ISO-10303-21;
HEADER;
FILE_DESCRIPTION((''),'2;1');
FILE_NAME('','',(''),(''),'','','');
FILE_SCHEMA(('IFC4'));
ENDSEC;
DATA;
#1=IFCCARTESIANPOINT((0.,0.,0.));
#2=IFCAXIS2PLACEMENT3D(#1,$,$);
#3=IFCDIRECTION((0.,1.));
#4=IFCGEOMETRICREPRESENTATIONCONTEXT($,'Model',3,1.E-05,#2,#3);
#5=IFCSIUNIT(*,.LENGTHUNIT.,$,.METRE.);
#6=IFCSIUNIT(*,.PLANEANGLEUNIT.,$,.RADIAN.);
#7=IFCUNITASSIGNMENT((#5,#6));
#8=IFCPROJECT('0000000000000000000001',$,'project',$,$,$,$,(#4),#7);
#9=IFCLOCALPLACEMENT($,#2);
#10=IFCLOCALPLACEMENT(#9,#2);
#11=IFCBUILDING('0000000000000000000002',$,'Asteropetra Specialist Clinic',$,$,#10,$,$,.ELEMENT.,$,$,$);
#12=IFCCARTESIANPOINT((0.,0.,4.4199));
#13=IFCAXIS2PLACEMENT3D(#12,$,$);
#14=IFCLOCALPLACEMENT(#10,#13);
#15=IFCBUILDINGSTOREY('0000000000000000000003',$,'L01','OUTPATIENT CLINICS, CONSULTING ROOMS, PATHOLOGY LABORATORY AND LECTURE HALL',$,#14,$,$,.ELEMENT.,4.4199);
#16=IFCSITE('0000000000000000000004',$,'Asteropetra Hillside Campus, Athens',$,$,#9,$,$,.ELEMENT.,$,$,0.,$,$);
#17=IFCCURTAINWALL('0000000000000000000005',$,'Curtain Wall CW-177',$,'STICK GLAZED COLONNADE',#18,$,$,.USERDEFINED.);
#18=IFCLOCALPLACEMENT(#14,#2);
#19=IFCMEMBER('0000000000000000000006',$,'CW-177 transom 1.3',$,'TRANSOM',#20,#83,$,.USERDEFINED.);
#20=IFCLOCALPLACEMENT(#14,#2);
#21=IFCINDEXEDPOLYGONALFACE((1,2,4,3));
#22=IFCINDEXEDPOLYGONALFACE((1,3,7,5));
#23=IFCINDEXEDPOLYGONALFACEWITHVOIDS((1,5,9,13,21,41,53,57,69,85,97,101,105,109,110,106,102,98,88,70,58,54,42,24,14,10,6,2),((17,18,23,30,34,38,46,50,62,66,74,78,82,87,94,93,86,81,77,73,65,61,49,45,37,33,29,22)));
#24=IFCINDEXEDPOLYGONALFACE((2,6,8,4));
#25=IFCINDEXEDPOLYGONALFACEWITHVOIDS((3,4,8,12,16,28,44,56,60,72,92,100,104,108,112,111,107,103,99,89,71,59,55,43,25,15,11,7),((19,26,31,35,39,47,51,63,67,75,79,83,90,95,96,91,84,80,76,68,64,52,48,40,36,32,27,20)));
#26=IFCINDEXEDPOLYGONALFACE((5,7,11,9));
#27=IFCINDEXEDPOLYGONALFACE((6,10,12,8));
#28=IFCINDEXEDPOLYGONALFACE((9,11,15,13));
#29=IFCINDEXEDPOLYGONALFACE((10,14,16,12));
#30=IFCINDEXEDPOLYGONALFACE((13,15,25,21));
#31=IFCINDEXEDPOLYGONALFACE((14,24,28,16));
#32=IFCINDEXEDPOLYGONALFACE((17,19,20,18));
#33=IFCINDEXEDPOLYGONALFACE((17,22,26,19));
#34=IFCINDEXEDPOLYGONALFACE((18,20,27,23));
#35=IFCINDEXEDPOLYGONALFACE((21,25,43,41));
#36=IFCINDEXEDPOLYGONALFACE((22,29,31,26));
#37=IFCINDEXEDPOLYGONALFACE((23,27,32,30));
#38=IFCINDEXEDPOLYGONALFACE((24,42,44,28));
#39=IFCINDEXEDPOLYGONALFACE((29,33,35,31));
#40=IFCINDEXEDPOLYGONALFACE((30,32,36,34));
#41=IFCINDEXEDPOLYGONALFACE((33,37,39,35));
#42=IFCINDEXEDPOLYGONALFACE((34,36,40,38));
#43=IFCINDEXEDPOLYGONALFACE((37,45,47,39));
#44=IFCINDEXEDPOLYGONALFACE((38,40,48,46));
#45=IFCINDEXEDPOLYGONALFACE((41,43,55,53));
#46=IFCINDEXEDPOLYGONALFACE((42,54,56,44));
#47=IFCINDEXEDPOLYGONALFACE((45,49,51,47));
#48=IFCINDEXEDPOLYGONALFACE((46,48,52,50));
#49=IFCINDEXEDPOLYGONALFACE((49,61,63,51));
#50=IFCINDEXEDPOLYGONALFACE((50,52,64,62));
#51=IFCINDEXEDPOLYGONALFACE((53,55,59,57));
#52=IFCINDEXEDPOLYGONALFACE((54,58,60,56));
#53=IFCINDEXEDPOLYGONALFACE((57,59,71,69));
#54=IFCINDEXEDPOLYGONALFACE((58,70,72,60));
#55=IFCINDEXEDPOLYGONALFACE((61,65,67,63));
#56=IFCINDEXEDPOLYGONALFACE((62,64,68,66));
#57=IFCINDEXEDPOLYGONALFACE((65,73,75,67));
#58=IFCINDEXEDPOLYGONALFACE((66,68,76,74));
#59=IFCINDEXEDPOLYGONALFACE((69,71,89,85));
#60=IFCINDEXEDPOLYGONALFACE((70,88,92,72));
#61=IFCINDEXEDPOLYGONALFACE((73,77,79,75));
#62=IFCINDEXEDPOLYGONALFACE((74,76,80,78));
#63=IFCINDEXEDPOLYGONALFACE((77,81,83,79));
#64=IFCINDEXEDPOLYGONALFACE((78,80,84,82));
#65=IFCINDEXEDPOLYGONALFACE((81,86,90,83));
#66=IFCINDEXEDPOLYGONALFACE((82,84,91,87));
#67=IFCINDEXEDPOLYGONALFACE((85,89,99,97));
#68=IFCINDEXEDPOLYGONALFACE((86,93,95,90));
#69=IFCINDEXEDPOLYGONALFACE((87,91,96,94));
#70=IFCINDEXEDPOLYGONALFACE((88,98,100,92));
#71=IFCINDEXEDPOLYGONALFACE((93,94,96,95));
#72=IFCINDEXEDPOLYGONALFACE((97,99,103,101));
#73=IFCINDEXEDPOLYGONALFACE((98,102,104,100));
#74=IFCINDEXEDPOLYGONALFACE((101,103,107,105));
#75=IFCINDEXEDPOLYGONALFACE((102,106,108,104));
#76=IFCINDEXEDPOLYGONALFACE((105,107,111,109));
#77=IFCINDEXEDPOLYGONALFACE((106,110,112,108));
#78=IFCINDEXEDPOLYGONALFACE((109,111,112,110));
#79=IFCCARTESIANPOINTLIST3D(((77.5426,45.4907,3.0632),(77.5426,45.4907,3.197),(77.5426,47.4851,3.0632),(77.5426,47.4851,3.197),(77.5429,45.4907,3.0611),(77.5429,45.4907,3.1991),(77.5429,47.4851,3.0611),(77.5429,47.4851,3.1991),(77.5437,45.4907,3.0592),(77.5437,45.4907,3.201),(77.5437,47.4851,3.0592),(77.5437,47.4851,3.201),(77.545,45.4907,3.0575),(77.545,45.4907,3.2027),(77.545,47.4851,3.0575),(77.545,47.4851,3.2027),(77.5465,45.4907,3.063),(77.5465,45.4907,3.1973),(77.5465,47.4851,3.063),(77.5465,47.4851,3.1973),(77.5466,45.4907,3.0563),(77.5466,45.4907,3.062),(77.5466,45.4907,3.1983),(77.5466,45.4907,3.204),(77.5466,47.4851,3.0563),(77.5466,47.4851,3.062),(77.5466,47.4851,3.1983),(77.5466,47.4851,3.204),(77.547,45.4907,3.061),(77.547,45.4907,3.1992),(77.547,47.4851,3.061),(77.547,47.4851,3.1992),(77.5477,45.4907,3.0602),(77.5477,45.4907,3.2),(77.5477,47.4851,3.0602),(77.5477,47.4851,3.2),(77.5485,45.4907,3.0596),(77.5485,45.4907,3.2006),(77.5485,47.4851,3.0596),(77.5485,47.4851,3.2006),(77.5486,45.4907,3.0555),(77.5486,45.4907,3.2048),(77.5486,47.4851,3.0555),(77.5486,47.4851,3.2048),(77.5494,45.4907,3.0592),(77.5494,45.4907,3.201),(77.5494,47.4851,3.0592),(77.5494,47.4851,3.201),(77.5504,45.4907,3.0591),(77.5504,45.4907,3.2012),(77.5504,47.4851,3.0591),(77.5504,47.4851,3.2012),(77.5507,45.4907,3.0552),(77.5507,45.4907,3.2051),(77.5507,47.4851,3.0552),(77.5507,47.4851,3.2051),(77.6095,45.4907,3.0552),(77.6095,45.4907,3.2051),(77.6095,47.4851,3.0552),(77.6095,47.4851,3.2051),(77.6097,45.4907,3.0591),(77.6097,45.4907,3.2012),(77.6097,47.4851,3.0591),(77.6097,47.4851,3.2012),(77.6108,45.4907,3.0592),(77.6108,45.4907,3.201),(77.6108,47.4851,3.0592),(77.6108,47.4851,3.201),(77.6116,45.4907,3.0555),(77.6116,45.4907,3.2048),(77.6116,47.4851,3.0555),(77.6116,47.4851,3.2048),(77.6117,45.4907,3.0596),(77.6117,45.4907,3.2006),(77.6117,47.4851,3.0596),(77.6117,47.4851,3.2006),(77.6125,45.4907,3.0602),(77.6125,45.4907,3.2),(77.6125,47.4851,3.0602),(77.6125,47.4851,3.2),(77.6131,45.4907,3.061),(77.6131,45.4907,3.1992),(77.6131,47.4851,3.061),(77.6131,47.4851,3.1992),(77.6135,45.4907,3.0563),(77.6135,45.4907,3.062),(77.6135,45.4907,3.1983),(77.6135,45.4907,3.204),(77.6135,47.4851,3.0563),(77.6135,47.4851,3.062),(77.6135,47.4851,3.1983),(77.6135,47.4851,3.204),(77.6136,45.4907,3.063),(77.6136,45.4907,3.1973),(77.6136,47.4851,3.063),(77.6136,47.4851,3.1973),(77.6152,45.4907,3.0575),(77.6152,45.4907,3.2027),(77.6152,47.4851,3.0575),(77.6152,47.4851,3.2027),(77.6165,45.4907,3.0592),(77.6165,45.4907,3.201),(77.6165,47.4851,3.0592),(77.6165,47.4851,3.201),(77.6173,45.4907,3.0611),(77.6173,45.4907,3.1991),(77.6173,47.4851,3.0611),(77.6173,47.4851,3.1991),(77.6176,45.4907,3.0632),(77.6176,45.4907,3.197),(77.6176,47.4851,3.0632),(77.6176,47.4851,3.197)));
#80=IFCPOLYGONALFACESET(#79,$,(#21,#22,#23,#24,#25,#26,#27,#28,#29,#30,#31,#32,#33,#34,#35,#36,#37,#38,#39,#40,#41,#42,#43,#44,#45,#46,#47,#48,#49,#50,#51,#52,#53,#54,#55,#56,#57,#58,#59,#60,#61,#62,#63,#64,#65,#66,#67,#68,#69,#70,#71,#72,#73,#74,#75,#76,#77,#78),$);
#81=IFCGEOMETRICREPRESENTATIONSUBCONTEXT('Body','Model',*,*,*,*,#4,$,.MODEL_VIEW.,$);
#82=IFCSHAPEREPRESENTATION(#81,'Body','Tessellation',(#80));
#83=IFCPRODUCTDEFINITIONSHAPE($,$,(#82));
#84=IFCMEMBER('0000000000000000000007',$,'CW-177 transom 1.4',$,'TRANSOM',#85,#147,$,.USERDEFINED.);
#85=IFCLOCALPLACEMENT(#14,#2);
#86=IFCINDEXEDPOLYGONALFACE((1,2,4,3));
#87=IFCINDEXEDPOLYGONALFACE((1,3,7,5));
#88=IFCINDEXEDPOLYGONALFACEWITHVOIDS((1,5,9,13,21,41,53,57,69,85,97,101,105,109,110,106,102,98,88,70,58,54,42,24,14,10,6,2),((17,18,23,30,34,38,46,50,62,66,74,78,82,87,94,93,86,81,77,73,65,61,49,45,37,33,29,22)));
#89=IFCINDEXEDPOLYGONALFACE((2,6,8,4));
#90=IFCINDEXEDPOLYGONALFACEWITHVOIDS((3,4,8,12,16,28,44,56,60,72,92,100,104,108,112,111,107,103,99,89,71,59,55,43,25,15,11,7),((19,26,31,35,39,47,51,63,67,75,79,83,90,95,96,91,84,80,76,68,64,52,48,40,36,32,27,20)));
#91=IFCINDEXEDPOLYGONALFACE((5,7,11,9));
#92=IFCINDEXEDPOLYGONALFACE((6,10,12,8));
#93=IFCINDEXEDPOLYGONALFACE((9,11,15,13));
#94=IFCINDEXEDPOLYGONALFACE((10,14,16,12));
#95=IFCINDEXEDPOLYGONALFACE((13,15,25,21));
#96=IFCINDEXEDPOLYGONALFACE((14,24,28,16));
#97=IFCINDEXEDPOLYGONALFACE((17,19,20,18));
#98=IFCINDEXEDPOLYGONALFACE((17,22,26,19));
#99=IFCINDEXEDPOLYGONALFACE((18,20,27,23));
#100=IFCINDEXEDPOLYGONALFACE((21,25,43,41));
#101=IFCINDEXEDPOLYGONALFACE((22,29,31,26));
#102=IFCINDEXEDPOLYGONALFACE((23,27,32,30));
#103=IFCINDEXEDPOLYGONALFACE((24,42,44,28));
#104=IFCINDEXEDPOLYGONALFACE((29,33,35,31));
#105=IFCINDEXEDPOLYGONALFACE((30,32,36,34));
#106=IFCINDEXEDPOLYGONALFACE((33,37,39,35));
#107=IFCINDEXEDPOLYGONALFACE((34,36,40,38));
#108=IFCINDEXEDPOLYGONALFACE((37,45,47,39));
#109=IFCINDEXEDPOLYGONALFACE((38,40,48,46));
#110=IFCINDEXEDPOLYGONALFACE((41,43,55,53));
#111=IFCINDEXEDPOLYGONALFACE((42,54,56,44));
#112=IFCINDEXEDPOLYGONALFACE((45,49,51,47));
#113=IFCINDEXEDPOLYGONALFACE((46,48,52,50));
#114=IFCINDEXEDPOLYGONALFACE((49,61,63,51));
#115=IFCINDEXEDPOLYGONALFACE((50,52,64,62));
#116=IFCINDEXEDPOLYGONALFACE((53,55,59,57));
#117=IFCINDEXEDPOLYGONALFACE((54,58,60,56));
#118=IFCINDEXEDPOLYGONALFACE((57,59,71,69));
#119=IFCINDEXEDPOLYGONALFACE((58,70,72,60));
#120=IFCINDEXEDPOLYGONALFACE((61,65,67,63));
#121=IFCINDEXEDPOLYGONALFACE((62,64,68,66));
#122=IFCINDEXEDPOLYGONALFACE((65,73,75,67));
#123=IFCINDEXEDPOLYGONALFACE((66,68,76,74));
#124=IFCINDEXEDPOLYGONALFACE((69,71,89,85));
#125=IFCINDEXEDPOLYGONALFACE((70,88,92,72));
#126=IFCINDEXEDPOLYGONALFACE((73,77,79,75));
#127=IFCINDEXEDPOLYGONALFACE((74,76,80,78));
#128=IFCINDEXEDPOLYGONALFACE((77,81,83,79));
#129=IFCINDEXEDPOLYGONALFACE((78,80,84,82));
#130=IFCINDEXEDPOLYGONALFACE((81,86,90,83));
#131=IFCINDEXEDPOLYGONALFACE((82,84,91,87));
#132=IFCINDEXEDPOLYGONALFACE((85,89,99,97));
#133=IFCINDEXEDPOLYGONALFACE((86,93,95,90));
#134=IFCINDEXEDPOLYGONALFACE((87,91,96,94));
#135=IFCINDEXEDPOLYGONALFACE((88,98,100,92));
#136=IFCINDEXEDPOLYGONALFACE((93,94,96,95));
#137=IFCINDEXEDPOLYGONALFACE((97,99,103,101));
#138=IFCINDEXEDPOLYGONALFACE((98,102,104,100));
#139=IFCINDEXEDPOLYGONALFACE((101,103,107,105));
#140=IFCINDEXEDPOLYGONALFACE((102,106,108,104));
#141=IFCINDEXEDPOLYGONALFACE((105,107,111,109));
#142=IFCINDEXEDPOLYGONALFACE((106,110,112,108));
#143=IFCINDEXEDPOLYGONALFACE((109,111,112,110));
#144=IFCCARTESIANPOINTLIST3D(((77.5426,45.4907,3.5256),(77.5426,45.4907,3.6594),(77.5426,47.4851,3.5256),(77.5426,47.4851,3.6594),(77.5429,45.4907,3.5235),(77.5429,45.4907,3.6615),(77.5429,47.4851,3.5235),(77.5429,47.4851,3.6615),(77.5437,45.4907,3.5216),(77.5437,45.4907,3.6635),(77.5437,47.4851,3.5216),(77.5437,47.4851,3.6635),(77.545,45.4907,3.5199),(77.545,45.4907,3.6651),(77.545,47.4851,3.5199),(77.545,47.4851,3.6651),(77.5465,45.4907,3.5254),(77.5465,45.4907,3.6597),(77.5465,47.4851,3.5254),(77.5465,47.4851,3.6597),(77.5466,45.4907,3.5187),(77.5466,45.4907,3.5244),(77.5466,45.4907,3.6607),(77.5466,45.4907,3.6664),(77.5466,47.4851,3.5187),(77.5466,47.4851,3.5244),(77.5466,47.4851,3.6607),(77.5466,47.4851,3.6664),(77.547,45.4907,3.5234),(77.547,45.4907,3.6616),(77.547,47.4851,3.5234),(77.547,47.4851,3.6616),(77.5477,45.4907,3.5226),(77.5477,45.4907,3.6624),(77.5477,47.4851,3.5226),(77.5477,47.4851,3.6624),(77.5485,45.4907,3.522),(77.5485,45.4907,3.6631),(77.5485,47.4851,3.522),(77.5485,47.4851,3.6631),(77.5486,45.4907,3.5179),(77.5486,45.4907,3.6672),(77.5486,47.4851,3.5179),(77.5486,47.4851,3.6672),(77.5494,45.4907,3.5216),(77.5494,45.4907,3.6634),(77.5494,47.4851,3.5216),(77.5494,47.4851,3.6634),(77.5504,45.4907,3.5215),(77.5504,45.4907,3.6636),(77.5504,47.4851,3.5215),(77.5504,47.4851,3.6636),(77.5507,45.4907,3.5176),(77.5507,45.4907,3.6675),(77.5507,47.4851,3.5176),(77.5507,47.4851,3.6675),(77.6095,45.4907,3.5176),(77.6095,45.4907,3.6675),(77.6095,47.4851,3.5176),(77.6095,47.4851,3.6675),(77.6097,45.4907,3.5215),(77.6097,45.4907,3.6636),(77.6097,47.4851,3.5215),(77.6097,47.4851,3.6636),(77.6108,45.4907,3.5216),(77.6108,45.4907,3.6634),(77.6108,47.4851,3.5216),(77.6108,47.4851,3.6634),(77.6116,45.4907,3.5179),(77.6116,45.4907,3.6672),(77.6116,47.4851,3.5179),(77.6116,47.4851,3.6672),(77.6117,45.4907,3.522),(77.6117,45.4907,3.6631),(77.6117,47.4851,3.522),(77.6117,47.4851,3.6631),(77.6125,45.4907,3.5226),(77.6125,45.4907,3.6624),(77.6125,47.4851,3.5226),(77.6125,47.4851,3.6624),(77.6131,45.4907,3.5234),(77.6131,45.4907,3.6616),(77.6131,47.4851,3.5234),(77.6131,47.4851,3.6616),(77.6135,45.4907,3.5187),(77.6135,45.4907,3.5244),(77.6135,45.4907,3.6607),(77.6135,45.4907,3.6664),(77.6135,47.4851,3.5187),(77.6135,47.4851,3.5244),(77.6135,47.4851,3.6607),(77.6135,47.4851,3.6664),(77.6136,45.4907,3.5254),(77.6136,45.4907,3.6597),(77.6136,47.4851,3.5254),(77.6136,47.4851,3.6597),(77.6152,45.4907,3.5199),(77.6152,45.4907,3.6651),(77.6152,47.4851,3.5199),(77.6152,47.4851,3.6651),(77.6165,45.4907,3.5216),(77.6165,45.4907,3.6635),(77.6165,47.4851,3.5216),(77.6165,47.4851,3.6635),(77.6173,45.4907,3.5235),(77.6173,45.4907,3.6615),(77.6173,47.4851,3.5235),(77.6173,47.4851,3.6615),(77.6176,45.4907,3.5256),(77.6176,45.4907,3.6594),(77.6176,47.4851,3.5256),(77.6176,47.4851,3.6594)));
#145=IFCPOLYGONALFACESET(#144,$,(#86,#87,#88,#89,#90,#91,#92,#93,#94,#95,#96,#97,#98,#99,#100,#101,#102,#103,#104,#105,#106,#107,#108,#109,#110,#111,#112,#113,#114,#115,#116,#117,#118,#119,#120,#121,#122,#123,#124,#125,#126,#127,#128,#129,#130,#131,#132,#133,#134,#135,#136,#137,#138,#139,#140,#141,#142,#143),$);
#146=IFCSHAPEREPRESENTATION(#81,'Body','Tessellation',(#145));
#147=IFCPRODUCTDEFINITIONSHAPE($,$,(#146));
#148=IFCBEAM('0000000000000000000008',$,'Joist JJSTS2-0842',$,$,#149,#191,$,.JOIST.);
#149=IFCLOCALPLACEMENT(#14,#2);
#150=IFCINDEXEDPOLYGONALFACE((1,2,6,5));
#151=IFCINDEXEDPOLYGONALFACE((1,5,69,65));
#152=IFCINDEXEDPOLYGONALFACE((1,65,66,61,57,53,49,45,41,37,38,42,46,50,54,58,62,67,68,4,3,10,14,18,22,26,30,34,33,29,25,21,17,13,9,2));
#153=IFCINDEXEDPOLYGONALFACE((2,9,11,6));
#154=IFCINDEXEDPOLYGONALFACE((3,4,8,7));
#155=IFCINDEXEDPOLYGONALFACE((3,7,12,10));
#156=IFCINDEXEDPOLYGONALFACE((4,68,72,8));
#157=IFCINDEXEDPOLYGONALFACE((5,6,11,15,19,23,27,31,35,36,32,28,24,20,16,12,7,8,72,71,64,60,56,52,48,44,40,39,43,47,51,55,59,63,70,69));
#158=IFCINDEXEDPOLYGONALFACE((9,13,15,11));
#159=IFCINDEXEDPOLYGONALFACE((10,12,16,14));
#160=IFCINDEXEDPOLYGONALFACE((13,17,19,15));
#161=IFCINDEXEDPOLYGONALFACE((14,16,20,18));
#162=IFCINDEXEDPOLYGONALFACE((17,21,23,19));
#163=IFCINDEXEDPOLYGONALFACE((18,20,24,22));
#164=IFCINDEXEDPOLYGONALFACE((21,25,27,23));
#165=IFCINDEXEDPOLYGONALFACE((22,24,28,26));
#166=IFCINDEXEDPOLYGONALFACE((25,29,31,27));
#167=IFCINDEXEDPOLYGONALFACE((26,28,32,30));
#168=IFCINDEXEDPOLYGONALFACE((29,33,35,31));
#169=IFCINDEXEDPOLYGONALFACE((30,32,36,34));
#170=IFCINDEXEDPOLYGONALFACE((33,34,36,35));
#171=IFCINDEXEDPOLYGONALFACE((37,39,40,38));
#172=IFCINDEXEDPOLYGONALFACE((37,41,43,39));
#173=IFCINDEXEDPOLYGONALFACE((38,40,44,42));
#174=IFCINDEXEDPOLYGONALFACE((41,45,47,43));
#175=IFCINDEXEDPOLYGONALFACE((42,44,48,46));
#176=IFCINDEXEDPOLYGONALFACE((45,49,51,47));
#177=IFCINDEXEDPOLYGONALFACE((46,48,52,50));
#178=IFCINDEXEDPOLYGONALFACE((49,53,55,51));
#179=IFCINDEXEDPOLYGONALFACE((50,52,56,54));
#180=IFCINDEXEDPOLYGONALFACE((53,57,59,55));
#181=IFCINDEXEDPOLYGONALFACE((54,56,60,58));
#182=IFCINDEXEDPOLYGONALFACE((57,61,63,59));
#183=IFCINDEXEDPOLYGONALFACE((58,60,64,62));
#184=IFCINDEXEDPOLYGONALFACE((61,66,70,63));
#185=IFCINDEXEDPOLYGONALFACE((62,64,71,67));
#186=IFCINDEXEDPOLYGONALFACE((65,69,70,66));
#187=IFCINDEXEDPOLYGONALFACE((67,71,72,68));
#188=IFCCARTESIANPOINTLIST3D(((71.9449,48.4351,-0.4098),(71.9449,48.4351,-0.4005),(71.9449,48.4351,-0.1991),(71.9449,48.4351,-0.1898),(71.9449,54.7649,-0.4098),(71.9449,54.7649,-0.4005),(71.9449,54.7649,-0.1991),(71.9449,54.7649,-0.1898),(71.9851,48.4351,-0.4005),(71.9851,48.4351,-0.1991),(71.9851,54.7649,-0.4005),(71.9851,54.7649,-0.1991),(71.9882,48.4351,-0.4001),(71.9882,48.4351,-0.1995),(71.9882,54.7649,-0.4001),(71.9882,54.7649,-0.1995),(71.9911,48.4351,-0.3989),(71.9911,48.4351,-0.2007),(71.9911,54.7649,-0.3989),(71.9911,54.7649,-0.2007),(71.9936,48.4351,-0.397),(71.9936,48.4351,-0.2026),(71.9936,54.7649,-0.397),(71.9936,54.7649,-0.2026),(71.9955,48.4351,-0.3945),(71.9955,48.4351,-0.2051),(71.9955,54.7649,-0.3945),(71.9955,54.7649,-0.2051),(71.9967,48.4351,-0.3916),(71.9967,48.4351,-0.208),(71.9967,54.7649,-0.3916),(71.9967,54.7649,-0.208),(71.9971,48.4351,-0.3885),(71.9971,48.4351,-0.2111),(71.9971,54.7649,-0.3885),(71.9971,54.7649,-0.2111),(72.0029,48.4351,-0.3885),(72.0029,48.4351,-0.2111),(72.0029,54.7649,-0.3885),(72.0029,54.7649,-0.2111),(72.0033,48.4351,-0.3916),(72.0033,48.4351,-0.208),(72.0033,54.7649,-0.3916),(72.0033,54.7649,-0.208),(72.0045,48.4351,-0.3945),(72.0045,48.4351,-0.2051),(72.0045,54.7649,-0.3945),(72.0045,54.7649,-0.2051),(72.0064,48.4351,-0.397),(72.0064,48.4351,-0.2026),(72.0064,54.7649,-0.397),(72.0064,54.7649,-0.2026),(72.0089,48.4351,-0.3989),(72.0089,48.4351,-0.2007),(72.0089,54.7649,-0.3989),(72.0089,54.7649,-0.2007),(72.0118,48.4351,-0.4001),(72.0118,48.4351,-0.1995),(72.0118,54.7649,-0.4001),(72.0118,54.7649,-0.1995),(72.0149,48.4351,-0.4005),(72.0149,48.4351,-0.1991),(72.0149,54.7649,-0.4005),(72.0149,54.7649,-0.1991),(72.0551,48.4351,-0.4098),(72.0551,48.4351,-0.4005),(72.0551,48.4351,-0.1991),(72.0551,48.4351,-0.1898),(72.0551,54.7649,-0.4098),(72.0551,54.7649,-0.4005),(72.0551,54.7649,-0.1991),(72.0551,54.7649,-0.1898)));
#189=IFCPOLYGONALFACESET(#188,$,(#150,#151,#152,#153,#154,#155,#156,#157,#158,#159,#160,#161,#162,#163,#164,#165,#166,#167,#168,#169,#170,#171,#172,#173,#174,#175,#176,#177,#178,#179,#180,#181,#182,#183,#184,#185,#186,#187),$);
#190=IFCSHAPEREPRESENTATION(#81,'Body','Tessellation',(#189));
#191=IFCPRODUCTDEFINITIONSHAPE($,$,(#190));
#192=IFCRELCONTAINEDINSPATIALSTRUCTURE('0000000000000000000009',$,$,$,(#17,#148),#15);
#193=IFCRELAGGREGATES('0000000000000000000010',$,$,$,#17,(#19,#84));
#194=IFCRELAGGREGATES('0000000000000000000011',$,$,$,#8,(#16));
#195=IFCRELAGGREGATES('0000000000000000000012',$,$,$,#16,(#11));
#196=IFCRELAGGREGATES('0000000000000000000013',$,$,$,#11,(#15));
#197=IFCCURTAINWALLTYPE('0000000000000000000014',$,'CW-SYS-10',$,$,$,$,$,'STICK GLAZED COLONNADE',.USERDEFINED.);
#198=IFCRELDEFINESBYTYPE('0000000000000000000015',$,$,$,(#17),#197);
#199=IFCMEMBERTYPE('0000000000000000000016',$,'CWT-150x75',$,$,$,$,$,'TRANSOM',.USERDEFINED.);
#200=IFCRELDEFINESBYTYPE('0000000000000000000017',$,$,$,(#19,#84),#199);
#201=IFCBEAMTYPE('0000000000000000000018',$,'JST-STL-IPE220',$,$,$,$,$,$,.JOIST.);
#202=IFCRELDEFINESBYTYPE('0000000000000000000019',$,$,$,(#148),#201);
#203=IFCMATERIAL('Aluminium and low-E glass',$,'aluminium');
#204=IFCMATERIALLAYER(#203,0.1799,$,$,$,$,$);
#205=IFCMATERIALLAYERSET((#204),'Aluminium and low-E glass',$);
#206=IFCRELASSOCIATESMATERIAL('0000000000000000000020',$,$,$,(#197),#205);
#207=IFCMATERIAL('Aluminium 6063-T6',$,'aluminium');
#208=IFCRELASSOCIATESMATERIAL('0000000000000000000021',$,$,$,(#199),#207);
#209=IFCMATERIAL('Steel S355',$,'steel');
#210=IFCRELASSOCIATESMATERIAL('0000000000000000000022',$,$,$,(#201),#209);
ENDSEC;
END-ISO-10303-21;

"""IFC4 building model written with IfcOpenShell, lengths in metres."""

from ifc_helpers import new_model, si_unit, direction, frame, origin, origin_2d, place, context, subcontext, project, spatial, hollow_rectangle, i_section, extrude, material, layer, layer_set, material_profile, profile_set, type_object, element, aggregate, save


model = new_model("IFC4")

# Units and contexts
model_context = context("Model", 3, precision=1e-05, world=origin(), true_north=direction((0.0, 1.0)))
body_context = subcontext(model_context, "Body", "Model", "MODEL_VIEW")
ifc_project = project(units=[si_unit("LENGTHUNIT", "METRE"), si_unit("PLANEANGLEUNIT", "RADIAN")], contexts=[model_context])

# Site, building, storey
site_placement = place(None, origin())
site = spatial("IfcSite", under=ifc_project, at=site_placement, Name="Asteropetra Hillside Campus, Athens", CompositionType="ELEMENT", RefElevation=0.0)
building_placement = place(site_placement, origin())
building = spatial("IfcBuilding", under=site, at=building_placement, Name="Asteropetra Specialist Clinic", CompositionType="ELEMENT")
storey_placement = place(building_placement, frame((0.0, 0.0, 4.4199)))
storey = spatial("IfcBuildingStorey", under=building, at=storey_placement, Name="L01", Description="OUTPATIENT CLINICS, CONSULTING ROOMS, PATHOLOGY LABORATORY AND LECTURE HALL", CompositionType="ELEMENT", Elevation=4.4199)

# Shared definitions
ifc_material_1 = material(Name="Aluminium and low-E glass", Category="aluminium")
ifc_layer_1 = layer(ifc_material_1, 0.1799)
ifc_layer_set_1 = layer_set([ifc_layer_1], Name="Aluminium and low-E glass")
curtain_wall_type = type_object("IfcCurtainWallType", Name="CW-SYS-10", ElementType="STICK GLAZED COLONNADE", PredefinedType="USERDEFINED", material=ifc_layer_set_1)

# Curtain wall
curtain_wall_1_placement = place(storey_placement, origin())
curtain_wall_1 = element("IfcCurtainWall", 1, at=curtain_wall_1_placement, inside=storey, type_object=curtain_wall_type, Name="Curtain Wall CW-177", ObjectType="STICK GLAZED COLONNADE", PredefinedType="USERDEFINED")

# Members
ifc_material_2 = material(Name="Aluminium 6063-T6", Category="aluminium")
ifc_material_profile_1 = material_profile(ifc_material_2, hollow_rectangle(XDim=0.075, YDim=0.1499, WallThickness=0.0039, InnerFilletRadius=0.0039, OuterFilletRadius=0.0081, at=origin_2d()), Name="TRN 150x75x4.0")
ifc_profile_set_1 = profile_set([ifc_material_profile_1], Name="Aluminium 6063-T6")
member_type_1 = type_object("IfcMemberType", Name="CWT-150x75", ElementType="TRANSOM", PredefinedType="USERDEFINED", material=ifc_profile_set_1)
member_1_placement = place(storey_placement, frame((77.5801, 47.4851, 3.1301), z_axis=(0.0, -1.0, 0.0), x_axis=(1.0, 0.0, 0.0)))
member_1 = element("IfcMember", 2, at=member_1_placement, type_object=member_type_1, Name="CW-177 transom 1.3", ObjectType="TRANSOM", PredefinedType="USERDEFINED", context=body_context, shape_type="SweptSolid", body=[
    extrude(hollow_rectangle(XDim=0.075, YDim=0.1499, WallThickness=0.0039, InnerFilletRadius=0.0039, OuterFilletRadius=0.0081, at=origin_2d()), origin(), (0.0, 0.0, 1.0), 1.9944),
])
member_2_placement = place(storey_placement, frame((77.5801, 47.4851, 3.5925), z_axis=(0.0, -1.0, 0.0), x_axis=(1.0, 0.0, 0.0)))
member_2 = element("IfcMember", 3, at=member_2_placement, type_object=member_type_1, Name="CW-177 transom 1.4", ObjectType="TRANSOM", PredefinedType="USERDEFINED", context=body_context, shape_type="SweptSolid", body=[
    extrude(hollow_rectangle(XDim=0.075, YDim=0.1499, WallThickness=0.0039, InnerFilletRadius=0.0039, OuterFilletRadius=0.0081, at=origin_2d()), origin(), (0.0, 0.0, 1.0), 1.9944),
])

# Beam
ifc_material_3 = material(Name="Steel S355", Category="steel")
ifc_material_profile_2 = material_profile(ifc_material_3, i_section(OverallWidth=0.1101, OverallDepth=0.22, WebThickness=0.0059, FlangeThickness=0.0093, FilletRadius=0.012, at=origin_2d()), Name="IPE 220")
ifc_profile_set_2 = profile_set([ifc_material_profile_2], Name="Steel S355")
beam_type_1 = type_object("IfcBeamType", Name="JST-STL-IPE220", PredefinedType="JOIST", material=ifc_profile_set_2)
beam_1_placement = place(storey_placement, frame((72.0, 48.4351, -0.2998), z_axis=(0.0, 1.0, 0.0), x_axis=(-1.0, 0.0, 0.0)))
element("IfcBeam", 4, at=beam_1_placement, inside=storey, type_object=beam_type_1, Name="Joist JJSTS2-0842", PredefinedType="JOIST", context=body_context, shape_type="SweptSolid", body=[
    extrude(i_section(OverallWidth=0.1101, OverallDepth=0.22, WebThickness=0.0059, FlangeThickness=0.0093, FilletRadius=0.012, at=origin_2d()), origin(), (0.0, 0.0, 1.0), 6.3298),
])

aggregate(curtain_wall_1, [member_1, member_2])

save(model, "model.ifc")
